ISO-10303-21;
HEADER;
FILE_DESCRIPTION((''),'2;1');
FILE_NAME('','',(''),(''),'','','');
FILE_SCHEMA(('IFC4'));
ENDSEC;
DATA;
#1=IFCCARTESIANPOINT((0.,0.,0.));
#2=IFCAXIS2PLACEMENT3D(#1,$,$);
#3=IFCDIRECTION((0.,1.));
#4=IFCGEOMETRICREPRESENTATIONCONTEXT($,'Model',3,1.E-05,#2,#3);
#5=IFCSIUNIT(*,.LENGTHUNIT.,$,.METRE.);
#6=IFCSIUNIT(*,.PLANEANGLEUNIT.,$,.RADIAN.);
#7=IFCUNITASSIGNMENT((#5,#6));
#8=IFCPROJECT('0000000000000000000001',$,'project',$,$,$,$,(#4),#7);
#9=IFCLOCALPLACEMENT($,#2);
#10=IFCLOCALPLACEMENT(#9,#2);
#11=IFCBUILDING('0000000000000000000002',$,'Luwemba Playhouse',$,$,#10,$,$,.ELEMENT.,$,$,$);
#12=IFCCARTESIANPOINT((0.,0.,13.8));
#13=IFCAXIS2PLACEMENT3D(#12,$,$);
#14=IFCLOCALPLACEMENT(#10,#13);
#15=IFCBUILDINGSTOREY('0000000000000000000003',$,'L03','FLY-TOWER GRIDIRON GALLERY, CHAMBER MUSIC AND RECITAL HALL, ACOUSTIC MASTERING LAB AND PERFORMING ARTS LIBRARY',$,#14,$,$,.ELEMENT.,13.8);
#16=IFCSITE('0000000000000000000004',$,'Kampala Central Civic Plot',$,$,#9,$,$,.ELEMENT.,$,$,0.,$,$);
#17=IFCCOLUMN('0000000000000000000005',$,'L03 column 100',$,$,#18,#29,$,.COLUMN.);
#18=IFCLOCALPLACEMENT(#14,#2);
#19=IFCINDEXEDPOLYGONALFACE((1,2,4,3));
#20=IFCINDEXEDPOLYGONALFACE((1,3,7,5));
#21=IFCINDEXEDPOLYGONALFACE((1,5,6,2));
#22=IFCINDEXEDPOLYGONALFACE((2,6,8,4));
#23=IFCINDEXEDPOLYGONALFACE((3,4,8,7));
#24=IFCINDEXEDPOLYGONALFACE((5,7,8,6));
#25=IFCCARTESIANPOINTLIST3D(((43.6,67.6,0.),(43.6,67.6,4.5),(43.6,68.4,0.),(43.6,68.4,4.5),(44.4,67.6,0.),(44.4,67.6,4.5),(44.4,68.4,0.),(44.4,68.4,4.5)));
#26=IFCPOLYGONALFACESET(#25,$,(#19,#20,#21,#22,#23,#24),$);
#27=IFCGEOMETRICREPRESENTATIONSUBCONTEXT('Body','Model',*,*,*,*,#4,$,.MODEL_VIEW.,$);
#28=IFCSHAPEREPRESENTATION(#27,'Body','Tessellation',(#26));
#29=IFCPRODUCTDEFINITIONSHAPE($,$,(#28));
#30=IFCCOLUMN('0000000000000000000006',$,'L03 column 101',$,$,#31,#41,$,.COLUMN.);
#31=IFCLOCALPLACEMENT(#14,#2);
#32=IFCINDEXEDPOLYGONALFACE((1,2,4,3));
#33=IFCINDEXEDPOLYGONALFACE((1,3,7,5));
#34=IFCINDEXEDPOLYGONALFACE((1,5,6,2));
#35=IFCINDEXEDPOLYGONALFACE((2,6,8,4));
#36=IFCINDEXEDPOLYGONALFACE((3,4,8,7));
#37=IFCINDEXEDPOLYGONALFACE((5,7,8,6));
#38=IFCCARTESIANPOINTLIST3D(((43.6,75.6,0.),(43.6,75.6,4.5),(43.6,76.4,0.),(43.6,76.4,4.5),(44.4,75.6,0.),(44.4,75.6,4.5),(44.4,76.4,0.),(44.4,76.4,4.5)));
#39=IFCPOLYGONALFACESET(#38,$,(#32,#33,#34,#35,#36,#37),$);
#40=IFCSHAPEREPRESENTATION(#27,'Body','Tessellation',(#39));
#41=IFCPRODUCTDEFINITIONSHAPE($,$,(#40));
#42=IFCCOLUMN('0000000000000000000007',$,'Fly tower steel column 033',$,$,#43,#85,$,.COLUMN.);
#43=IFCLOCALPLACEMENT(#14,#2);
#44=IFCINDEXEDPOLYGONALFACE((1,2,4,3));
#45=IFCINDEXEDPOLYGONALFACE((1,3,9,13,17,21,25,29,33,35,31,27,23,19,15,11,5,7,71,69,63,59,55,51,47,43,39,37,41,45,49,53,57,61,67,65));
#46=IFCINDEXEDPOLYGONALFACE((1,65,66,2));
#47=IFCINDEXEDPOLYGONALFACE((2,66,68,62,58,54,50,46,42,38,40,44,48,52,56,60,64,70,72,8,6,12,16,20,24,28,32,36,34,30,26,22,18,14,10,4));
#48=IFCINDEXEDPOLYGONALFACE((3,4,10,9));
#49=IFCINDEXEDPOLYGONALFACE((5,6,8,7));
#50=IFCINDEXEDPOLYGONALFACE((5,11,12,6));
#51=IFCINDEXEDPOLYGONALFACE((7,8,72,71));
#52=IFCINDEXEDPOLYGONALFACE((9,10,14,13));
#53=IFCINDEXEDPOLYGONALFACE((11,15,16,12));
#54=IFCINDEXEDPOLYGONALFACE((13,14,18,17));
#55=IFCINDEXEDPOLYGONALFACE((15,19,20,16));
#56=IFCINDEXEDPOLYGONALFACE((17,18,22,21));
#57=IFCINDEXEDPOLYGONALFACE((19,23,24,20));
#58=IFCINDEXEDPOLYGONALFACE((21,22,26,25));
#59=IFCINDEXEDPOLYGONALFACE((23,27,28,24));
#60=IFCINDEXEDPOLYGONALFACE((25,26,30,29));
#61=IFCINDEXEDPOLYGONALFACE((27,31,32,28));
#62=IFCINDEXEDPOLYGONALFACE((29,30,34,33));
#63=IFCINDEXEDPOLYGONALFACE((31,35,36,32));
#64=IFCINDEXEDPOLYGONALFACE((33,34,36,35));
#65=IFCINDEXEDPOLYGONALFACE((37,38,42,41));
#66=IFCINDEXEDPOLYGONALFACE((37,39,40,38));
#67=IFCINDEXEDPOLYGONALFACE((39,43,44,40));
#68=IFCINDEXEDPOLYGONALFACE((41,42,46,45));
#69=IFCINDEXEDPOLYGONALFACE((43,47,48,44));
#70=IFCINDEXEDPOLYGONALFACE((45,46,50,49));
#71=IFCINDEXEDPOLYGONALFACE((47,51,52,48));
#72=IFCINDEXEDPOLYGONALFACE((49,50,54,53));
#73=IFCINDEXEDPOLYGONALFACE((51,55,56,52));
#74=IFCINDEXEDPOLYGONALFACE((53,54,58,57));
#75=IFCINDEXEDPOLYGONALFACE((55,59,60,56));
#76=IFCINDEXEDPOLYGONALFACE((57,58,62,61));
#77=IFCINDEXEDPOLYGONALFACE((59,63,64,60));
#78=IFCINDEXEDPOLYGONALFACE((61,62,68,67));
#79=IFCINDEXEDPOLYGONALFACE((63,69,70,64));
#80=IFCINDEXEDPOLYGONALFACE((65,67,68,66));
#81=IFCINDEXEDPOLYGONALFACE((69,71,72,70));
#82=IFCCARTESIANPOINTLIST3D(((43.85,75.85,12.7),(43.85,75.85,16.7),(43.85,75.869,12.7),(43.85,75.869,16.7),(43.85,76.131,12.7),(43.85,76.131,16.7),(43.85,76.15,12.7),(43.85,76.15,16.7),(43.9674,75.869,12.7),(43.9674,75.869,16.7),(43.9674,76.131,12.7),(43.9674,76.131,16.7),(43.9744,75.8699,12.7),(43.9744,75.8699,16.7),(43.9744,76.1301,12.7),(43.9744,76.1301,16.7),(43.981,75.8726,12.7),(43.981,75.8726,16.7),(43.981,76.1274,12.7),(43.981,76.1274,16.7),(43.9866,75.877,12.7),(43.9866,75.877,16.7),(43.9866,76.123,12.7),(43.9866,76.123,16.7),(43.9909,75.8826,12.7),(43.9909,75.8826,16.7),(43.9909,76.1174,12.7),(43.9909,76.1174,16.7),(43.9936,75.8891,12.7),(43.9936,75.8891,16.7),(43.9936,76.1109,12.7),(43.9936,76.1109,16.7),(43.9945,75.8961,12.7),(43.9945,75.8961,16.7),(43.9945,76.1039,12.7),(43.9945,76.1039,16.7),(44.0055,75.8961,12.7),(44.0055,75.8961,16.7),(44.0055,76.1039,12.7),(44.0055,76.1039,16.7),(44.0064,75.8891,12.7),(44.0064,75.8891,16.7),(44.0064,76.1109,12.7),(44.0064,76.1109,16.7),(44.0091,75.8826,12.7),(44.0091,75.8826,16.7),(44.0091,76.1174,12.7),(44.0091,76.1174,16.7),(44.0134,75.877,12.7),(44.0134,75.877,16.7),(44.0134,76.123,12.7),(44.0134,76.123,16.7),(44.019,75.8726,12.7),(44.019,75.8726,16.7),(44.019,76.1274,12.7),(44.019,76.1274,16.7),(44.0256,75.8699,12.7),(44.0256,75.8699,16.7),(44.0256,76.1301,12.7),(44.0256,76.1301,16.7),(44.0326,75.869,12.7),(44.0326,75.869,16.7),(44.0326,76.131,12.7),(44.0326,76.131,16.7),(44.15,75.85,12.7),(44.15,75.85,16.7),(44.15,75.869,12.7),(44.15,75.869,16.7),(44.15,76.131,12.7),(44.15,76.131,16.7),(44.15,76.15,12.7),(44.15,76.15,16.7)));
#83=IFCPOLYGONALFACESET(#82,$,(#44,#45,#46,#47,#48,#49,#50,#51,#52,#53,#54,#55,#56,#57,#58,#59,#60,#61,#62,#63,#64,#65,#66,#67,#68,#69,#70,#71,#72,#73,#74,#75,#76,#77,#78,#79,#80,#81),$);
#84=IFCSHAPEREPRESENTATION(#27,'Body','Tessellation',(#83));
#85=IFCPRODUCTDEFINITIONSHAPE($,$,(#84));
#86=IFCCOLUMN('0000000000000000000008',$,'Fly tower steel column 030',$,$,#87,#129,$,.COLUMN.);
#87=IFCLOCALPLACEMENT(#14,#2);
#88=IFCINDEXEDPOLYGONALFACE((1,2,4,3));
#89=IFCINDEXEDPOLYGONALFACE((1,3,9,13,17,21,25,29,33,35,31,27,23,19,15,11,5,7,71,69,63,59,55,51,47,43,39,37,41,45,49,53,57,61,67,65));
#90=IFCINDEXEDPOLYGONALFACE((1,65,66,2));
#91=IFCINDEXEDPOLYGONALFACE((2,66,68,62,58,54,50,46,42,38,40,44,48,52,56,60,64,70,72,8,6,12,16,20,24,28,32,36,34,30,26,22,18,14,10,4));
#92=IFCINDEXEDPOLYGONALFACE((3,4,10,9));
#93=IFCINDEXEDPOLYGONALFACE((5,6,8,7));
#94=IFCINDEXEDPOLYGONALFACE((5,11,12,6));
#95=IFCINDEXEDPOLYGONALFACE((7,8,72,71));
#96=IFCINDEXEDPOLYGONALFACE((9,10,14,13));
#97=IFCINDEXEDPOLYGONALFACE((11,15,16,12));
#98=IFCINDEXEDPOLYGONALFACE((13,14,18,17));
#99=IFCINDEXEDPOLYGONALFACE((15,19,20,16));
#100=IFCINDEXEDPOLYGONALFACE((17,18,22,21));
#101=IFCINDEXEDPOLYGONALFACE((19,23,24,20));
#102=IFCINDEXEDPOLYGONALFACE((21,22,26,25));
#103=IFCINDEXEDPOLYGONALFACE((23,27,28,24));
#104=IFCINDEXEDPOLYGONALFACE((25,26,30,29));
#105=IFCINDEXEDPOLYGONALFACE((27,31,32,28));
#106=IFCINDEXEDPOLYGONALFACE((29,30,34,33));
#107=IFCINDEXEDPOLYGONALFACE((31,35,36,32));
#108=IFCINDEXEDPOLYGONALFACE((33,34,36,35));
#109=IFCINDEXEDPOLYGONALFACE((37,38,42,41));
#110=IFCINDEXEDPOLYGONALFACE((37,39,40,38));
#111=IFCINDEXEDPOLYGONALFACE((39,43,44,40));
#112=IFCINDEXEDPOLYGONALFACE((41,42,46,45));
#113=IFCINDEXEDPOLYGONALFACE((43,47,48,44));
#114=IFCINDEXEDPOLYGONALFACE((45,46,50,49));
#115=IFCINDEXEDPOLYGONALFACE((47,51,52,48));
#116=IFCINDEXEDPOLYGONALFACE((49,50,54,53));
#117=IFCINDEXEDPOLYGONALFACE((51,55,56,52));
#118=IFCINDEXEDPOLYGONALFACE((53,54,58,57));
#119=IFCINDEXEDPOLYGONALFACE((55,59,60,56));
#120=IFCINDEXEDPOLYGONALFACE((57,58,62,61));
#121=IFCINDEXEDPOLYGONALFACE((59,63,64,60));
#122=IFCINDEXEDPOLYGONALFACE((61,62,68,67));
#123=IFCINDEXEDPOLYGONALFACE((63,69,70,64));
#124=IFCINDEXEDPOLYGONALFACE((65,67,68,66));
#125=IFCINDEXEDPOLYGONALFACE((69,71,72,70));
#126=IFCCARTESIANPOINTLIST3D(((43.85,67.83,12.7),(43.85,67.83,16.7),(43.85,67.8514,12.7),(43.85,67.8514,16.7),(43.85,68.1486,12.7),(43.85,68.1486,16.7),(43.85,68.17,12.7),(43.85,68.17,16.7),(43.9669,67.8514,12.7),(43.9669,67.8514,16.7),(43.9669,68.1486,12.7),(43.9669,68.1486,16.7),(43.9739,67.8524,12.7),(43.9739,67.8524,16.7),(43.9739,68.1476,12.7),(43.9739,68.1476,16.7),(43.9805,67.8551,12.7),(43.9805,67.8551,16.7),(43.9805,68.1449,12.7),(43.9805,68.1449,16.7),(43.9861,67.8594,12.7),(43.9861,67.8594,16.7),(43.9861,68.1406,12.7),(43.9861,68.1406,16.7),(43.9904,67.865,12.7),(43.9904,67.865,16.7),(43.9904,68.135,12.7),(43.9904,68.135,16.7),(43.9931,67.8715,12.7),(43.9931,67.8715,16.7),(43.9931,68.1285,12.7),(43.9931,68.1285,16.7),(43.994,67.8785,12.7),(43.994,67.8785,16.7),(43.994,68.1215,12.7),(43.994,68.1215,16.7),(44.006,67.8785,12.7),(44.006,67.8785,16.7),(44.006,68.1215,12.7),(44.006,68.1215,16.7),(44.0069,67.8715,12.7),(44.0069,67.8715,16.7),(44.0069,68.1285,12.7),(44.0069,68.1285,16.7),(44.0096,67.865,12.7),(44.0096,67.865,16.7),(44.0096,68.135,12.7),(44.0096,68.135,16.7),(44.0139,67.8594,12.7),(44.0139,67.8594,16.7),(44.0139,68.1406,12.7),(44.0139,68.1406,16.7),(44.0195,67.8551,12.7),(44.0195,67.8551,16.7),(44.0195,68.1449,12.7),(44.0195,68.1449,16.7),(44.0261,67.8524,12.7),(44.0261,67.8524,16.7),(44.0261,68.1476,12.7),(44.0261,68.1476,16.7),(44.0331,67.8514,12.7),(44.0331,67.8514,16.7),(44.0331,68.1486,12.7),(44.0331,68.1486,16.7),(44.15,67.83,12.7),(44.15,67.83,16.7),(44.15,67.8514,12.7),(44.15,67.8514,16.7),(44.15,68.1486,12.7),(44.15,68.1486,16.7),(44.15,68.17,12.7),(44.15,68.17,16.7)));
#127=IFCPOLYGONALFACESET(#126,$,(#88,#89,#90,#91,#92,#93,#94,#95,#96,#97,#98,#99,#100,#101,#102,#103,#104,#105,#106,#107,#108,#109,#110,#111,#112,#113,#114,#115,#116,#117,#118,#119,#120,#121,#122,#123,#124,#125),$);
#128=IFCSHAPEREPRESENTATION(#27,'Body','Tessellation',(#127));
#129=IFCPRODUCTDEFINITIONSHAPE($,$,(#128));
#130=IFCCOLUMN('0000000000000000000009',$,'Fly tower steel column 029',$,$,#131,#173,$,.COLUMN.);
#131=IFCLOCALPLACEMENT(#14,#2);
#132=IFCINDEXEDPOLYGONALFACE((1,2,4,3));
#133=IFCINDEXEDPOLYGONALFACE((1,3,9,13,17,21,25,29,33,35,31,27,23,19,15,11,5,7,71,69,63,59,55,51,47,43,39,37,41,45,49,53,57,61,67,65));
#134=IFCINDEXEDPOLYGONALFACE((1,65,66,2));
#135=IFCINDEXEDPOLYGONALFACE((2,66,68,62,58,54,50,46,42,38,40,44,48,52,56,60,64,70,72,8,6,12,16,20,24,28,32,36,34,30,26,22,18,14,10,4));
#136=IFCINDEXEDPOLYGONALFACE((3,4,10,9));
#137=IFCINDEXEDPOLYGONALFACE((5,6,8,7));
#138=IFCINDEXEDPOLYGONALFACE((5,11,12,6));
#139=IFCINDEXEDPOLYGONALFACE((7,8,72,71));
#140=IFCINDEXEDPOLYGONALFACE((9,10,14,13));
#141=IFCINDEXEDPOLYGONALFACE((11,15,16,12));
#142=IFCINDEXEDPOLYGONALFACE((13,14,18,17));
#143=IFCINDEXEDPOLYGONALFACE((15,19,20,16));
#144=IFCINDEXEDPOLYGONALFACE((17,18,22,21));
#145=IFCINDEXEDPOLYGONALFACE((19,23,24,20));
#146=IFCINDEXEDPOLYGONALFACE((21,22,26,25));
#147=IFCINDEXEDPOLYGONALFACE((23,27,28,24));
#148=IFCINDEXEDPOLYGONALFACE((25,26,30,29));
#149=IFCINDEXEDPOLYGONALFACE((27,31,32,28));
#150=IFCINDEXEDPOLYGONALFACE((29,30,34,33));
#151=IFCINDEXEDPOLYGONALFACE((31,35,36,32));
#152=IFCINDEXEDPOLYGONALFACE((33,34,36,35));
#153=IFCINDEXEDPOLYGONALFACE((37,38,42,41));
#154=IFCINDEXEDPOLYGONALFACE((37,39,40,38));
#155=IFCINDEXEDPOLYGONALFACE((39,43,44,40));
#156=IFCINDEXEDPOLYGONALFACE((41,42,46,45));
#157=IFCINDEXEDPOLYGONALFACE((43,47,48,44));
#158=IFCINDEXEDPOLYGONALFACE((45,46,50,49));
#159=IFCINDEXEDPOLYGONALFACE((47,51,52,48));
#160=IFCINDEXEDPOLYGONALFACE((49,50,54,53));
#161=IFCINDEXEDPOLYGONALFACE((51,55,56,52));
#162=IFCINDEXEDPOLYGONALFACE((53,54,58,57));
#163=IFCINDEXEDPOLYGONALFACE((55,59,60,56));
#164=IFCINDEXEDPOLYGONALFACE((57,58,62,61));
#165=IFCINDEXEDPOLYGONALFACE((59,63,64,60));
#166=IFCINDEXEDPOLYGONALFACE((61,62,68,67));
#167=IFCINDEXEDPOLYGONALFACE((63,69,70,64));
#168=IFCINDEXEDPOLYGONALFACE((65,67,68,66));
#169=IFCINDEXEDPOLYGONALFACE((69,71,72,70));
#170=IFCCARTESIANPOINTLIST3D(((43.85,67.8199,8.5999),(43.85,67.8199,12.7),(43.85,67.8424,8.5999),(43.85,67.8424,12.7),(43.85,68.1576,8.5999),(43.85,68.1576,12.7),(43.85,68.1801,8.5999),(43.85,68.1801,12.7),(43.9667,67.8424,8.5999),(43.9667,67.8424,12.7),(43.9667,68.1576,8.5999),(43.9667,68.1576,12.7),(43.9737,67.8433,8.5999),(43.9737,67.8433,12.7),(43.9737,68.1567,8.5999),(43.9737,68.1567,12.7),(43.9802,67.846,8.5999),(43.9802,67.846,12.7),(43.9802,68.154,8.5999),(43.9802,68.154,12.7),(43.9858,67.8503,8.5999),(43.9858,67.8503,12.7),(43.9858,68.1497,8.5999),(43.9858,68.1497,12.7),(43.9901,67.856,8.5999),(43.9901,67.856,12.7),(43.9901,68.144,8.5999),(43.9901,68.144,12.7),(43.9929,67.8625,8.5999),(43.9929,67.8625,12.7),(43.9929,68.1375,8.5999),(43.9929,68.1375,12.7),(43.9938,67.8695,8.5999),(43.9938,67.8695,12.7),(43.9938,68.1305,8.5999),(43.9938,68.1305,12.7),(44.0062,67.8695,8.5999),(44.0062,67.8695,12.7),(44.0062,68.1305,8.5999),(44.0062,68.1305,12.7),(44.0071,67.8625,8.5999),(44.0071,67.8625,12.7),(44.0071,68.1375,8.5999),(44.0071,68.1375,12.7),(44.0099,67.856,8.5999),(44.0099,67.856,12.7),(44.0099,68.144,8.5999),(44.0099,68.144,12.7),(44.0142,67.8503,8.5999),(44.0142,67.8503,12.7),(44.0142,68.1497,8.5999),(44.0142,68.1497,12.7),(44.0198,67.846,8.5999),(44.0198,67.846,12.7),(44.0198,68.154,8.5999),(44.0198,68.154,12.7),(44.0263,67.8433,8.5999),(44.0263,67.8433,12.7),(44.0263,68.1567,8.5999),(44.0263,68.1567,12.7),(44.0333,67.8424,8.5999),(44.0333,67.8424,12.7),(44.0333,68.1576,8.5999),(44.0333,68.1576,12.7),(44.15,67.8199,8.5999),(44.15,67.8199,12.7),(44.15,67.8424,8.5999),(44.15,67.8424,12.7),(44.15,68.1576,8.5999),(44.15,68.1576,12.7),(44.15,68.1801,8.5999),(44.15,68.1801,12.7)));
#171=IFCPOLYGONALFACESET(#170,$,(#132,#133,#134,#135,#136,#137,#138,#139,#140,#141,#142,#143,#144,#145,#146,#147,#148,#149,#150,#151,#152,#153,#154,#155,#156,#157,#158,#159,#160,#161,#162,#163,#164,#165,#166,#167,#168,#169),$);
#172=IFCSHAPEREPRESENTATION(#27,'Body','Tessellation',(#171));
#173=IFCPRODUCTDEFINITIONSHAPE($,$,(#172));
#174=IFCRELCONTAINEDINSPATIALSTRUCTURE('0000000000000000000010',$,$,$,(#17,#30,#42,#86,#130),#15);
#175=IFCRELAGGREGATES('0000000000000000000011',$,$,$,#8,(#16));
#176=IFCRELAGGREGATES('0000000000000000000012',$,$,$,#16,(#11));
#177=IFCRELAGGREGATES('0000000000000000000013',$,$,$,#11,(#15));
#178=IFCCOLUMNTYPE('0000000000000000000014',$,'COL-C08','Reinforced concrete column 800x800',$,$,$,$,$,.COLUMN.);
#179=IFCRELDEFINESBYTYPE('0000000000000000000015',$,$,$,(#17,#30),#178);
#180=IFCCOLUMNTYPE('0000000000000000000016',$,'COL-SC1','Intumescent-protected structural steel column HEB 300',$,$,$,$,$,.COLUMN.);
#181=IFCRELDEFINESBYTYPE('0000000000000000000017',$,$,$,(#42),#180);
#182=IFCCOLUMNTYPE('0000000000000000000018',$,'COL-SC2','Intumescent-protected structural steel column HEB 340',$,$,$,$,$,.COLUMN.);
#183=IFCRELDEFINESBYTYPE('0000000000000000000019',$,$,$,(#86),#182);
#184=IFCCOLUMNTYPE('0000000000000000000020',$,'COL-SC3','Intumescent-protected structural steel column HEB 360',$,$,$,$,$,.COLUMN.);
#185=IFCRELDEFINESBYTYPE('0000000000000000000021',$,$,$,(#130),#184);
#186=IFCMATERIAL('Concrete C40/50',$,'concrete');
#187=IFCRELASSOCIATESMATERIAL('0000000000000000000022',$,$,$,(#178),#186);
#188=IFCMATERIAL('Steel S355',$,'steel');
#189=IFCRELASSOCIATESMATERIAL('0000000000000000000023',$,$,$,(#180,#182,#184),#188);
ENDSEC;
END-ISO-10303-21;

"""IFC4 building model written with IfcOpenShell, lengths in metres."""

from ifc_helpers import new_model, si_unit, direction, frame, origin, origin_2d, place, context, subcontext, project, spatial, rectangle, i_section, extrude, material, material_profile, profile_set, type_object, element, save


model = new_model("IFC4")

# Units and contexts
model_context = context("Model", 3, precision=1e-05, world=origin(), true_north=direction((0.0, 1.0)))
body_context = subcontext(model_context, "Body", "Model", "MODEL_VIEW")
ifc_project = project(units=[si_unit("LENGTHUNIT", "METRE"), si_unit("PLANEANGLEUNIT", "RADIAN")], contexts=[model_context])

# Site, building, storey
site_placement = place(None, origin())
site = spatial("IfcSite", under=ifc_project, at=site_placement, Name="Kampala Central Civic Plot", CompositionType="ELEMENT", RefElevation=0.0)
building_placement = place(site_placement, origin())
building = spatial("IfcBuilding", under=site, at=building_placement, Name="Luwemba Playhouse", CompositionType="ELEMENT")
storey_placement = place(building_placement, frame((0.0, 0.0, 13.8)))
storey = spatial("IfcBuildingStorey", under=building, at=storey_placement, Name="L03", Description="FLY-TOWER GRIDIRON GALLERY, CHAMBER MUSIC AND RECITAL HALL, ACOUSTIC MASTERING LAB AND PERFORMING ARTS LIBRARY", CompositionType="ELEMENT", Elevation=13.8)

# Columns
ifc_material_1 = material(Name="Concrete C40/50", Category="concrete")
ifc_material_profile_1 = material_profile(ifc_material_1, rectangle(XDim=0.8, YDim=0.8, at=origin_2d()))
ifc_profile_set_1 = profile_set([ifc_material_profile_1], Name="Concrete C40/50")
column_type_1 = type_object("IfcColumnType", Name="COL-C08", Description="Reinforced concrete column 800x800", PredefinedType="COLUMN", material=ifc_profile_set_1)
for number, where, z_axis, x_axis, name in (
    (1, (44.0, 68.0, 0.0), (0.0, 0.0, 1.0), (1.0, 0.0, 0.0), "L03 column 100"),
    (2, (44.0, 76.0, 0.0), (0.0, 0.0, 1.0), (1.0, 0.0, 0.0), "L03 column 101"),
):
    element("IfcColumn", number, at=place(storey_placement, frame(where, z_axis=z_axis, x_axis=x_axis)), inside=storey, type_object=column_type_1, Name=name, PredefinedType="COLUMN", context=body_context, shape_type="SweptSolid", body=[
        extrude(rectangle(XDim=0.8, YDim=0.8, at=origin_2d()), origin(), (0.0, 0.0, 1.0), 4.5),
    ])
ifc_material_2 = material(Name="Steel S355", Category="steel")
ifc_material_profile_2 = material_profile(ifc_material_2, i_section(OverallWidth=0.3, OverallDepth=0.3, WebThickness=0.011, FlangeThickness=0.019, FilletRadius=0.0271, at=origin_2d()))
ifc_profile_set_2 = profile_set([ifc_material_profile_2], Name="Steel S355")
column_type_2 = type_object("IfcColumnType", Name="COL-SC1", Description="Intumescent-protected structural steel column HEB 300", PredefinedType="COLUMN", material=ifc_profile_set_2)
column_1_placement = place(storey_placement, frame((44.0, 76.0, 12.7), z_axis=(0.0, 0.0, 1.0), x_axis=(1.0, 0.0, 0.0)))
element("IfcColumn", 3, at=column_1_placement, inside=storey, type_object=column_type_2, Name="Fly tower steel column 033", PredefinedType="COLUMN", context=body_context, shape_type="SweptSolid", body=[
    extrude(i_section(OverallWidth=0.3, OverallDepth=0.3, WebThickness=0.011, FlangeThickness=0.019, FilletRadius=0.0271, at=origin_2d()), origin(), (0.0, 0.0, 1.0), 4.0),
])
ifc_material_profile_3 = material_profile(ifc_material_2, i_section(OverallWidth=0.3, OverallDepth=0.3401, WebThickness=0.012, FlangeThickness=0.0215, FilletRadius=0.0271, at=origin_2d()))
ifc_profile_set_3 = profile_set([ifc_material_profile_3], Name="Steel S355")
column_type_3 = type_object("IfcColumnType", Name="COL-SC2", Description="Intumescent-protected structural steel column HEB 340", PredefinedType="COLUMN", material=ifc_profile_set_3)
column_2_placement = place(storey_placement, frame((44.0, 68.0, 12.7), z_axis=(0.0, 0.0, 1.0), x_axis=(1.0, 0.0, 0.0)))
element("IfcColumn", 4, at=column_2_placement, inside=storey, type_object=column_type_3, Name="Fly tower steel column 030", PredefinedType="COLUMN", context=body_context, shape_type="SweptSolid", body=[
    extrude(i_section(OverallWidth=0.3, OverallDepth=0.3401, WebThickness=0.012, FlangeThickness=0.0215, FilletRadius=0.0271, at=origin_2d()), origin(), (0.0, 0.0, 1.0), 4.0),
])
ifc_material_profile_4 = material_profile(ifc_material_2, i_section(OverallWidth=0.3, OverallDepth=0.3601, WebThickness=0.0125, FlangeThickness=0.0225, FilletRadius=0.0271, at=origin_2d()))
ifc_profile_set_4 = profile_set([ifc_material_profile_4], Name="Steel S355")
column_type_4 = type_object("IfcColumnType", Name="COL-SC3", Description="Intumescent-protected structural steel column HEB 360", PredefinedType="COLUMN", material=ifc_profile_set_4)
column_3_placement = place(storey_placement, frame((44.0, 68.0, 8.5999), z_axis=(0.0, 0.0, 1.0), x_axis=(1.0, 0.0, 0.0)))
element("IfcColumn", 5, at=column_3_placement, inside=storey, type_object=column_type_4, Name="Fly tower steel column 029", PredefinedType="COLUMN", context=body_context, shape_type="SweptSolid", body=[
    extrude(i_section(OverallWidth=0.3, OverallDepth=0.3601, WebThickness=0.0125, FlangeThickness=0.0225, FilletRadius=0.0271, at=origin_2d()), origin(), (0.0, 0.0, 1.0), 4.1001),
])

save(model, "model.ifc")
